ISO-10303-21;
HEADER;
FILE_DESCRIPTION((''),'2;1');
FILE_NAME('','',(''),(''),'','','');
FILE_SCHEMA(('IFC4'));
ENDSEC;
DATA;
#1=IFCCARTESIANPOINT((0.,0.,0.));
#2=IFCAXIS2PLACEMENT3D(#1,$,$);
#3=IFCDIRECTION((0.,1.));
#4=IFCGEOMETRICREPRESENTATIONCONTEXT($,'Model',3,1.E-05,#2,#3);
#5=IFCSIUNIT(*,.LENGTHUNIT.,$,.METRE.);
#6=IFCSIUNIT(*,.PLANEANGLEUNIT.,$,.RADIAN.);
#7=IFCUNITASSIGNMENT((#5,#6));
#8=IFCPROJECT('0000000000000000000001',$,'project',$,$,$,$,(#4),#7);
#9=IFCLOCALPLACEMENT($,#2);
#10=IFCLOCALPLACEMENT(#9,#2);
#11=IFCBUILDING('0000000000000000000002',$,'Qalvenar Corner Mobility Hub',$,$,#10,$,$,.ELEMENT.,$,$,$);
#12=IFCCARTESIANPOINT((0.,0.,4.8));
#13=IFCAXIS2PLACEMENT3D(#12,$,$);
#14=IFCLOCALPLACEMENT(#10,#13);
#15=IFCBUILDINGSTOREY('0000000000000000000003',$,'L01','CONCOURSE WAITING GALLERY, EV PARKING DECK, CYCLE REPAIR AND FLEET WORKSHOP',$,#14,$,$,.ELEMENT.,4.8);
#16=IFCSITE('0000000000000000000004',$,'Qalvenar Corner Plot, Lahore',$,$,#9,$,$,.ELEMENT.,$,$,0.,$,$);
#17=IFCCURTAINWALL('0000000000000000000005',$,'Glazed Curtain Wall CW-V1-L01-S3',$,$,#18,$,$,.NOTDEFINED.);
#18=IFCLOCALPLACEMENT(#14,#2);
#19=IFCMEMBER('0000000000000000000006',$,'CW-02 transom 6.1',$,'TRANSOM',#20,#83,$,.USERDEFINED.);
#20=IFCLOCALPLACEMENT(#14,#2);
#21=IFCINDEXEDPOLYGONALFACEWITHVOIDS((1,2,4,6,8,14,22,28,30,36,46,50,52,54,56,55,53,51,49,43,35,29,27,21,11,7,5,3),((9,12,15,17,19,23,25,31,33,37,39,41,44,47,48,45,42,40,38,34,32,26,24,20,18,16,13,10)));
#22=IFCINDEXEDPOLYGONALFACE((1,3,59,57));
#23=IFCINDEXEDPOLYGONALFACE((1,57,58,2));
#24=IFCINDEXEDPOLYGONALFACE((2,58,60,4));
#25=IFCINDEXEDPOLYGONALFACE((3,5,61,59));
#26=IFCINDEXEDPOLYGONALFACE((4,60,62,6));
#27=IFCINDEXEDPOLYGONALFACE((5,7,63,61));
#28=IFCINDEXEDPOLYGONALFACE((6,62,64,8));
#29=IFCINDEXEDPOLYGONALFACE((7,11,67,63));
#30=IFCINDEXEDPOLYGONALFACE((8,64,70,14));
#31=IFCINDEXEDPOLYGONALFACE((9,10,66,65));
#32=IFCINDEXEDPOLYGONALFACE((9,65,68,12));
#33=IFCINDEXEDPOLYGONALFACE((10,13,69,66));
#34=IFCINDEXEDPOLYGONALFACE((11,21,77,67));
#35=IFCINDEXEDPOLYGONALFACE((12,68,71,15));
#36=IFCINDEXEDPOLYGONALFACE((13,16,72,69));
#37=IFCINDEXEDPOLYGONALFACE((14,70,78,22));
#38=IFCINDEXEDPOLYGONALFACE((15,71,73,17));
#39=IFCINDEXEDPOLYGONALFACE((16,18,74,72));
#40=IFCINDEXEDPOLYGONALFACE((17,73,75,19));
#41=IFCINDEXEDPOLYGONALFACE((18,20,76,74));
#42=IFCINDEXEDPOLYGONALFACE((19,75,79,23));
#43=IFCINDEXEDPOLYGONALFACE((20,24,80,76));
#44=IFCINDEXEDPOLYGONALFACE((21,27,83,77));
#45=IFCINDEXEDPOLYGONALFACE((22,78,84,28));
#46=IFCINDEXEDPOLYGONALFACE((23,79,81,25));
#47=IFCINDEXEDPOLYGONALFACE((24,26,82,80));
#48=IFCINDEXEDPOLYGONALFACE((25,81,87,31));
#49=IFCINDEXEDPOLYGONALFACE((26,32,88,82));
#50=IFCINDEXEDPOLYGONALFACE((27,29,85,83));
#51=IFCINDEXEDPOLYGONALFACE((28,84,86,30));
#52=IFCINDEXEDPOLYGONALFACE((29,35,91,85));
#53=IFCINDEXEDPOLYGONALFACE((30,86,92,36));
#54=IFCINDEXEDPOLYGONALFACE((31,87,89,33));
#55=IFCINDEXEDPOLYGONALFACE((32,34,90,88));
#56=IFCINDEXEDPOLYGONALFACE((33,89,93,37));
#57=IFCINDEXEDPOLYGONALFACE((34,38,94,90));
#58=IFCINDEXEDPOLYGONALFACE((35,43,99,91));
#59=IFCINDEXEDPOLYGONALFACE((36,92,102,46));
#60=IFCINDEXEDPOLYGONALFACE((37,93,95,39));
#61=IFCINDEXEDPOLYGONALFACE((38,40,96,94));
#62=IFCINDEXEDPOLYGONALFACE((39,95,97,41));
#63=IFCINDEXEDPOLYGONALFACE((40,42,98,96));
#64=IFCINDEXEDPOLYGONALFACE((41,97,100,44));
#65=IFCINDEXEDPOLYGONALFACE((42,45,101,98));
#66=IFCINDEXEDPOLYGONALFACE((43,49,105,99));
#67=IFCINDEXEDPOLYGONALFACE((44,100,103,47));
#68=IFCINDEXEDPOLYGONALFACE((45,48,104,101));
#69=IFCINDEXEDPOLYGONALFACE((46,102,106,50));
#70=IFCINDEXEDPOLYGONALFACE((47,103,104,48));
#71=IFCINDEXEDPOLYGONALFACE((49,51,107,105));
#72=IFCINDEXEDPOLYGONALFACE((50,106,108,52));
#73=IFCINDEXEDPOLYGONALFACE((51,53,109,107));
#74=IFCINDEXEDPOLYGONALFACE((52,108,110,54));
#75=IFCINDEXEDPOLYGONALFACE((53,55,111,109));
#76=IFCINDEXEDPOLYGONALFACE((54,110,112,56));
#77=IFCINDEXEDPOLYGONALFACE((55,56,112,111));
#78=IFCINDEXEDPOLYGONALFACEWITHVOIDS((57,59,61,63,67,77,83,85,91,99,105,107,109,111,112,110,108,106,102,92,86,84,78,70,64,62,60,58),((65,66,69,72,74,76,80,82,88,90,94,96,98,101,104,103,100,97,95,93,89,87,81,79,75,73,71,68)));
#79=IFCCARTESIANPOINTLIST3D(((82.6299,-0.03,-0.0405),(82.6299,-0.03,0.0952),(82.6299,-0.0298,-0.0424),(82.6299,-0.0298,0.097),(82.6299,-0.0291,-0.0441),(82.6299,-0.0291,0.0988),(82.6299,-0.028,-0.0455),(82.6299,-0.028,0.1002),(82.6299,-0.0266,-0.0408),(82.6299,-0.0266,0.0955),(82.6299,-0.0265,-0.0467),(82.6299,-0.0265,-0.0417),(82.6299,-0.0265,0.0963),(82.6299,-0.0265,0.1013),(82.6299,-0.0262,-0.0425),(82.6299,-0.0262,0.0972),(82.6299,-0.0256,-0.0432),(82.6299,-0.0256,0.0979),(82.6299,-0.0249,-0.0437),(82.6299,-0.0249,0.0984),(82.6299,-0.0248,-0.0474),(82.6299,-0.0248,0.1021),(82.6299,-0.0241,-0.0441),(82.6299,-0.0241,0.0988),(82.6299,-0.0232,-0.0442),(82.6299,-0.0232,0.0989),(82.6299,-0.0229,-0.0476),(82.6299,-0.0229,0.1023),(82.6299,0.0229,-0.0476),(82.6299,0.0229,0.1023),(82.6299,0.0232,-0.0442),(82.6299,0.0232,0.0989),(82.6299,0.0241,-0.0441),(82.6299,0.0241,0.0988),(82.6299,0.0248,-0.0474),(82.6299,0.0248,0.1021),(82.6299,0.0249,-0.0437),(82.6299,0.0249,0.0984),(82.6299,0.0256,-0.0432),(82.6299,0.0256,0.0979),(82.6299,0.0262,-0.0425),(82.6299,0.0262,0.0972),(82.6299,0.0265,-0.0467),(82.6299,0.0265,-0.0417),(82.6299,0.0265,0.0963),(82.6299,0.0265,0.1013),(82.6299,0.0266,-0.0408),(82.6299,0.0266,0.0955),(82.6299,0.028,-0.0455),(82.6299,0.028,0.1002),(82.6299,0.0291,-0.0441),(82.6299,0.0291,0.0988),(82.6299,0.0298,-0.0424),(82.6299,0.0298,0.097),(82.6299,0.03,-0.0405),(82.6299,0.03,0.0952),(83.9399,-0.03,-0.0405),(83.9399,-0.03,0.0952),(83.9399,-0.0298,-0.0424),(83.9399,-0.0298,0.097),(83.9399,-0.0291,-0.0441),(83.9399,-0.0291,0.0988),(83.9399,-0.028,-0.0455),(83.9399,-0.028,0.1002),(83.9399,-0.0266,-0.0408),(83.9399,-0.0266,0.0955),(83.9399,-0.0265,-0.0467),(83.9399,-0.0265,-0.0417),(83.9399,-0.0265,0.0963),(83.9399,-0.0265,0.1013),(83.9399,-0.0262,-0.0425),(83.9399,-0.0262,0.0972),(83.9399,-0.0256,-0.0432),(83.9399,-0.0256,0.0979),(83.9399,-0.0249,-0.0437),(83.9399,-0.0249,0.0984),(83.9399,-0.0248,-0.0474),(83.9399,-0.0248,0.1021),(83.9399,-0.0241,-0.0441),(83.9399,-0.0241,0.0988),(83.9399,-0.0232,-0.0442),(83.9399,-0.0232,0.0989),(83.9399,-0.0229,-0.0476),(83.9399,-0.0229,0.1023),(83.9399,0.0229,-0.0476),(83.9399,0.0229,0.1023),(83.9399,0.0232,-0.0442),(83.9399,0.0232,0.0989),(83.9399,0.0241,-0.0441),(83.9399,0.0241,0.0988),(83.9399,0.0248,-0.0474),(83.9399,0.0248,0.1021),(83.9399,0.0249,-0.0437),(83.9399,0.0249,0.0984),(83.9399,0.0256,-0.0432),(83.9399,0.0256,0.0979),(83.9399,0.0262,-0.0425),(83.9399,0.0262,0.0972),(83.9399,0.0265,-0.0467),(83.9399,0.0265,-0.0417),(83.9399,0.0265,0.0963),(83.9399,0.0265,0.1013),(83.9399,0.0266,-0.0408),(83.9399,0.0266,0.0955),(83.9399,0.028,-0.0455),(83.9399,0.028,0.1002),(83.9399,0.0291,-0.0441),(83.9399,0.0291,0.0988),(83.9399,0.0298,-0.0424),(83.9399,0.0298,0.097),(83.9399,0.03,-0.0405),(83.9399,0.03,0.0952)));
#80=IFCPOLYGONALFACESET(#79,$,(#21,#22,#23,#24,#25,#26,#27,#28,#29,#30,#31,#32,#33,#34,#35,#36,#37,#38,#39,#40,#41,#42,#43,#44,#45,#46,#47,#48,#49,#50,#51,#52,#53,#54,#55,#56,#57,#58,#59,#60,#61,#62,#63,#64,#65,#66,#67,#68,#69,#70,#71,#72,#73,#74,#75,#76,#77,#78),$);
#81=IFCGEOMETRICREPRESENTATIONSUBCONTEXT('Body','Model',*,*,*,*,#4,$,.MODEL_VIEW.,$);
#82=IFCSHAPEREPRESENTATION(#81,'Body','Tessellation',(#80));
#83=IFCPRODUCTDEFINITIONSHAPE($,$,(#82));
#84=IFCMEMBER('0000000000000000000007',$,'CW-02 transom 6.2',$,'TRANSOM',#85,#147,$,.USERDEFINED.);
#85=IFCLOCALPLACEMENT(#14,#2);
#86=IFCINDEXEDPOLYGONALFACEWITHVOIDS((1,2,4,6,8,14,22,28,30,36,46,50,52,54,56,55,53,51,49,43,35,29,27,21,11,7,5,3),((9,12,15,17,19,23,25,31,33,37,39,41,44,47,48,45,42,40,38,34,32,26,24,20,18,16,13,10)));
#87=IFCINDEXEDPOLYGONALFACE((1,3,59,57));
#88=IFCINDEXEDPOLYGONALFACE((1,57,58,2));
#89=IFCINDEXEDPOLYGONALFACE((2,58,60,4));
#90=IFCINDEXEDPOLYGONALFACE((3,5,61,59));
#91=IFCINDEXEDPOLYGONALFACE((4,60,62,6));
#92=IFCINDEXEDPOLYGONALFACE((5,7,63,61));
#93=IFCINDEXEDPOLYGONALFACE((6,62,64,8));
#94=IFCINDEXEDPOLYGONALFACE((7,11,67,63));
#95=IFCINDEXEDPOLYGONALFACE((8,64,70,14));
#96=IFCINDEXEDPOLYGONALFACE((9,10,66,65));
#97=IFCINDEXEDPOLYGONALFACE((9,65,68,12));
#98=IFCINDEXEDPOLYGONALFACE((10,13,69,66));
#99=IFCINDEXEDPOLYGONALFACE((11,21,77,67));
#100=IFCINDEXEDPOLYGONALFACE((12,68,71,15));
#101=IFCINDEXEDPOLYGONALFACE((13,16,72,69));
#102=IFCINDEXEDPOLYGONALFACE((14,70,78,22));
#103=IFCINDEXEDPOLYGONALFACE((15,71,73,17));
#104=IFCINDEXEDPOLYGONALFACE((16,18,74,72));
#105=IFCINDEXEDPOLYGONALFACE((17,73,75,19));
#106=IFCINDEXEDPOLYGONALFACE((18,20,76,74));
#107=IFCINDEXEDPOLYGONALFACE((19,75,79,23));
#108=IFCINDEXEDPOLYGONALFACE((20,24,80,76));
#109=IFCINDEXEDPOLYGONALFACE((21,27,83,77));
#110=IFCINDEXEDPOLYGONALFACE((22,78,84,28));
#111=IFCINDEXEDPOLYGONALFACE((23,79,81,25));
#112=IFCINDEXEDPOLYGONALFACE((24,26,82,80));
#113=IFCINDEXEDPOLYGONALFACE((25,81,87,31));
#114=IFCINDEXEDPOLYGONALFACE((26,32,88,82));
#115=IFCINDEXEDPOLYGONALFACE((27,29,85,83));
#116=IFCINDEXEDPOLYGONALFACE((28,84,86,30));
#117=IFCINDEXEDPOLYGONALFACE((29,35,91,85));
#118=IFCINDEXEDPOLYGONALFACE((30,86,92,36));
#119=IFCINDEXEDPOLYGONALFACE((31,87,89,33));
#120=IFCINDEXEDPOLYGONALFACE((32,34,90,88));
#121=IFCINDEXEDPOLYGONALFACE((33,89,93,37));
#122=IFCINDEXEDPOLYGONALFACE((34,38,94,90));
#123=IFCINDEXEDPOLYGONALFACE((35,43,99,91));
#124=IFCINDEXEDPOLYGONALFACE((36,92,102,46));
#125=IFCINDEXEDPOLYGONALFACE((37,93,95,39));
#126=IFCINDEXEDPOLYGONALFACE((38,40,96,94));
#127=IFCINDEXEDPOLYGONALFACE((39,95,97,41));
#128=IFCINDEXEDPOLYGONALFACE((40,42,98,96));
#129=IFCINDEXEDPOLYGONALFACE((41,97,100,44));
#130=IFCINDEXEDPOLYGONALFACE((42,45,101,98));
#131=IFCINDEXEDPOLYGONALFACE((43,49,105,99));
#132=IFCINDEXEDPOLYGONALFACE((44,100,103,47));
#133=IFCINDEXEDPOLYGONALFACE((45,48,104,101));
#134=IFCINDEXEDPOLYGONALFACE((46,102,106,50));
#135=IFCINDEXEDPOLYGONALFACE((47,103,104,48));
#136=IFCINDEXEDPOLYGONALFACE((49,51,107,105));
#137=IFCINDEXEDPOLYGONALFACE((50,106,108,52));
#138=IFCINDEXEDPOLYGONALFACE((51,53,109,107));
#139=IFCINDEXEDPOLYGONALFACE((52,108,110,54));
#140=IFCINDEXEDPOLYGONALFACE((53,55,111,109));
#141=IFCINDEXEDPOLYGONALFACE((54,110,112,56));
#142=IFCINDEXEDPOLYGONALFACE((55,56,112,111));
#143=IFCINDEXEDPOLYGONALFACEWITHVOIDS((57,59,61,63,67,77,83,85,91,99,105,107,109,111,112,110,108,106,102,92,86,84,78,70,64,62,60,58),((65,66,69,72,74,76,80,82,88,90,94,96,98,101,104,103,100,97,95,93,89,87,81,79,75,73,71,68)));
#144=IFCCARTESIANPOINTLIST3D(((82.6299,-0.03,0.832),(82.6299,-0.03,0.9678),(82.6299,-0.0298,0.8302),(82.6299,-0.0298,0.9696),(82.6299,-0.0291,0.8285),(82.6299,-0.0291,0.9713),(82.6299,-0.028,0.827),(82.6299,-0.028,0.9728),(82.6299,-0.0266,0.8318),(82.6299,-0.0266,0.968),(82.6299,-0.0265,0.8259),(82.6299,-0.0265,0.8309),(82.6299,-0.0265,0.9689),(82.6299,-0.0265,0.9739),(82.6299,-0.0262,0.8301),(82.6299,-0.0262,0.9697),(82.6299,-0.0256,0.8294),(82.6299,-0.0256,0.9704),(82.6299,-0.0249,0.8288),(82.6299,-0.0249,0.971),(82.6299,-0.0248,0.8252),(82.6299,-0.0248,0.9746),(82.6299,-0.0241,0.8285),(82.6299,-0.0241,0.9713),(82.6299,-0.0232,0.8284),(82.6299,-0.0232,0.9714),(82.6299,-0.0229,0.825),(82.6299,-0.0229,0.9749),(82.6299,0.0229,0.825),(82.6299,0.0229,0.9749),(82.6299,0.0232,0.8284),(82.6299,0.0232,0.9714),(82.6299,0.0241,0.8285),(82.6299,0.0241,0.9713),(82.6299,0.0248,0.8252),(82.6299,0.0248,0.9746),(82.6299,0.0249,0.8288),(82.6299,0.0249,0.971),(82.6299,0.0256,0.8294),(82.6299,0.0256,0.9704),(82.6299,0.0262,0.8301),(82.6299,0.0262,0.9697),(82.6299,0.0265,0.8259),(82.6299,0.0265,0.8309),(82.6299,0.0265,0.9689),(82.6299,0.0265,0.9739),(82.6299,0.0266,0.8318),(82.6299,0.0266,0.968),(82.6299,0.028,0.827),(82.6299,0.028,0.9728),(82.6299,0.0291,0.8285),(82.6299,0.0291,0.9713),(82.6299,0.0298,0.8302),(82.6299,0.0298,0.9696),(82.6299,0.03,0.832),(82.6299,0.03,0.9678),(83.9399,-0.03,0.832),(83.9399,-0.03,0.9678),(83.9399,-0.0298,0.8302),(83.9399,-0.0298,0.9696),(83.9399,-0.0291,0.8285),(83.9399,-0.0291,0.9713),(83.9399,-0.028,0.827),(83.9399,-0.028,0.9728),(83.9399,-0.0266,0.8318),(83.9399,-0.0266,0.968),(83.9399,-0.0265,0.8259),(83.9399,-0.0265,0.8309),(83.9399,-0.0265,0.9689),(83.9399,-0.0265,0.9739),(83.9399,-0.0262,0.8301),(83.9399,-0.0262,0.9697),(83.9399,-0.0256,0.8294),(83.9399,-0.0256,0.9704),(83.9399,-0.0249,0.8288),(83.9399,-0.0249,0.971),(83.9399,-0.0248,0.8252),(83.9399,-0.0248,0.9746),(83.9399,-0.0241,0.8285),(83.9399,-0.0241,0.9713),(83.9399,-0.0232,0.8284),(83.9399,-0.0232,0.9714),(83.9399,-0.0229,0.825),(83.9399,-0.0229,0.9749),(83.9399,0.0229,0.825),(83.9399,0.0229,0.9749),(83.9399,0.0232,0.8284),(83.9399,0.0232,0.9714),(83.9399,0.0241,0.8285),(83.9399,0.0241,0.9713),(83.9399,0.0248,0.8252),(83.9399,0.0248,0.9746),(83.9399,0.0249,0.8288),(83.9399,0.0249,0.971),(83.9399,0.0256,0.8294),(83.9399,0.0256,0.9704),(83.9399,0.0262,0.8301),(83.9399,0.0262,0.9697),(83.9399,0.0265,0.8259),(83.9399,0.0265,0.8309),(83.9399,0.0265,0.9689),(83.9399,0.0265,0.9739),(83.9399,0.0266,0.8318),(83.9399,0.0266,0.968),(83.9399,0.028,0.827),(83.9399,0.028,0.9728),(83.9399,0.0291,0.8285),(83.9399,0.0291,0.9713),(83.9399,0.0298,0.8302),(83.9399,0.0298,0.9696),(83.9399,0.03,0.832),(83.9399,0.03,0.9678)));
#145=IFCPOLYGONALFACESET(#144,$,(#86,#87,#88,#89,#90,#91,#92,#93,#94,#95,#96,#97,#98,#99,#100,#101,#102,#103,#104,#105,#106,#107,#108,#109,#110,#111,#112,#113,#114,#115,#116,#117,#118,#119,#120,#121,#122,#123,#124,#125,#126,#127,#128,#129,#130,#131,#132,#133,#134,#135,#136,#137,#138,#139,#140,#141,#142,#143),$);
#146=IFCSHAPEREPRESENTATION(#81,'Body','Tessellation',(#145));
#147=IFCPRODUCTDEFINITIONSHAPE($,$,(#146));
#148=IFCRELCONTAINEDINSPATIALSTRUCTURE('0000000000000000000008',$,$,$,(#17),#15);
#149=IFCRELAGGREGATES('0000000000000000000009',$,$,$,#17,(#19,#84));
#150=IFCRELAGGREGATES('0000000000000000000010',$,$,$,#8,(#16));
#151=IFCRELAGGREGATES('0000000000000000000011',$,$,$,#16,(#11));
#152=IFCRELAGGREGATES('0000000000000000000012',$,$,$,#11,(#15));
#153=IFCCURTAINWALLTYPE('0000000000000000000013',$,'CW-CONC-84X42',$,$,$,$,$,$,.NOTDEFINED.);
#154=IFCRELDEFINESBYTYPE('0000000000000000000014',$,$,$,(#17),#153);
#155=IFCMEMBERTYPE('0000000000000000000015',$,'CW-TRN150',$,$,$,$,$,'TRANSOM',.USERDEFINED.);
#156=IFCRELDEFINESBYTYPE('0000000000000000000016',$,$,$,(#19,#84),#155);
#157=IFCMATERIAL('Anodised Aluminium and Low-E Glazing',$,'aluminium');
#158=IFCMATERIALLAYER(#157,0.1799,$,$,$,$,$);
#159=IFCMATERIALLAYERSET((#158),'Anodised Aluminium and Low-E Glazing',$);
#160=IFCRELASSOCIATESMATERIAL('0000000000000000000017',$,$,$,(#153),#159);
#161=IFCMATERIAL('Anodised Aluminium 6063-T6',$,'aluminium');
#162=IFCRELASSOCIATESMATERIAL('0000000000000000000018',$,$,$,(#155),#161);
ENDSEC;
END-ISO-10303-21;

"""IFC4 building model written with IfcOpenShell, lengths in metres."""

from ifc_helpers import new_model, si_unit, direction, frame, origin, origin_2d, place, context, subcontext, project, spatial, hollow_rectangle, extrude, material, layer, layer_set, material_profile, profile_set, type_object, element, aggregate, save


model = new_model("IFC4")

# Units and contexts
model_context = context("Model", 3, precision=1e-05, world=origin(), true_north=direction((0.0, 1.0)))
body_context = subcontext(model_context, "Body", "Model", "MODEL_VIEW")
ifc_project = project(units=[si_unit("LENGTHUNIT", "METRE"), si_unit("PLANEANGLEUNIT", "RADIAN")], contexts=[model_context])

# Site, building, storey
site_placement = place(None, origin())
site = spatial("IfcSite", under=ifc_project, at=site_placement, Name="Qalvenar Corner Plot, Lahore", CompositionType="ELEMENT", RefElevation=0.0)
building_placement = place(site_placement, origin())
building = spatial("IfcBuilding", under=site, at=building_placement, Name="Qalvenar Corner Mobility Hub", CompositionType="ELEMENT")
storey_placement = place(building_placement, frame((0.0, 0.0, 4.8)))
storey = spatial("IfcBuildingStorey", under=building, at=storey_placement, Name="L01", Description="CONCOURSE WAITING GALLERY, EV PARKING DECK, CYCLE REPAIR AND FLEET WORKSHOP", CompositionType="ELEMENT", Elevation=4.8)

# Curtain wall
ifc_material_1 = material(Name="Anodised Aluminium and Low-E Glazing", Category="aluminium")
ifc_layer_1 = layer(ifc_material_1, 0.1799)
ifc_layer_set_1 = layer_set([ifc_layer_1], Name="Anodised Aluminium and Low-E Glazing")
curtain_wall_type = type_object("IfcCurtainWallType", Name="CW-CONC-84X42", PredefinedType="NOTDEFINED", material=ifc_layer_set_1)
curtain_wall_1_placement = place(storey_placement, origin())
curtain_wall_1 = element("IfcCurtainWall", 1, at=curtain_wall_1_placement, inside=storey, type_object=curtain_wall_type, Name="Glazed Curtain Wall CW-V1-L01-S3", PredefinedType="NOTDEFINED")
ifc_material_2 = material(Name="Anodised Aluminium 6063-T6", Category="aluminium")

# Members
ifc_material_profile_1 = material_profile(ifc_material_2, hollow_rectangle(XDim=0.0601, YDim=0.1499, WallThickness=0.0034, InnerFilletRadius=0.0034, OuterFilletRadius=0.0071, at=origin_2d()), Name="RHS150x60x3.5")
ifc_profile_set_1 = profile_set([ifc_material_profile_1], Name="Anodised Aluminium 6063-T6")
member_type_1 = type_object("IfcMemberType", Name="CW-TRN150", ElementType="TRANSOM", PredefinedType="USERDEFINED", material=ifc_profile_set_1)
member_1_placement = place(storey_placement, frame((82.6299, 0.0, 0.0273), z_axis=(1.0, 0.0, 0.0), x_axis=(0.0, 1.0, 0.0)))
member_1 = element("IfcMember", 2, at=member_1_placement, type_object=member_type_1, Name="CW-02 transom 6.1", ObjectType="TRANSOM", PredefinedType="USERDEFINED", context=body_context, shape_type="SweptSolid", body=[
    extrude(hollow_rectangle(XDim=0.0601, YDim=0.1499, WallThickness=0.0034, InnerFilletRadius=0.0034, OuterFilletRadius=0.0071, at=origin_2d()), origin(), (0.0, 0.0, 1.0), 1.3101),
])
member_2_placement = place(storey_placement, frame((82.6299, 0.0, 0.8999), z_axis=(1.0, 0.0, 0.0), x_axis=(0.0, 1.0, 0.0)))
member_2 = element("IfcMember", 3, at=member_2_placement, type_object=member_type_1, Name="CW-02 transom 6.2", ObjectType="TRANSOM", PredefinedType="USERDEFINED", context=body_context, shape_type="SweptSolid", body=[
    extrude(hollow_rectangle(XDim=0.0601, YDim=0.1499, WallThickness=0.0034, InnerFilletRadius=0.0034, OuterFilletRadius=0.0071, at=origin_2d()), origin(), (0.0, 0.0, 1.0), 1.3101),
])

aggregate(curtain_wall_1, [member_1, member_2])

save(model, "model.ifc")
